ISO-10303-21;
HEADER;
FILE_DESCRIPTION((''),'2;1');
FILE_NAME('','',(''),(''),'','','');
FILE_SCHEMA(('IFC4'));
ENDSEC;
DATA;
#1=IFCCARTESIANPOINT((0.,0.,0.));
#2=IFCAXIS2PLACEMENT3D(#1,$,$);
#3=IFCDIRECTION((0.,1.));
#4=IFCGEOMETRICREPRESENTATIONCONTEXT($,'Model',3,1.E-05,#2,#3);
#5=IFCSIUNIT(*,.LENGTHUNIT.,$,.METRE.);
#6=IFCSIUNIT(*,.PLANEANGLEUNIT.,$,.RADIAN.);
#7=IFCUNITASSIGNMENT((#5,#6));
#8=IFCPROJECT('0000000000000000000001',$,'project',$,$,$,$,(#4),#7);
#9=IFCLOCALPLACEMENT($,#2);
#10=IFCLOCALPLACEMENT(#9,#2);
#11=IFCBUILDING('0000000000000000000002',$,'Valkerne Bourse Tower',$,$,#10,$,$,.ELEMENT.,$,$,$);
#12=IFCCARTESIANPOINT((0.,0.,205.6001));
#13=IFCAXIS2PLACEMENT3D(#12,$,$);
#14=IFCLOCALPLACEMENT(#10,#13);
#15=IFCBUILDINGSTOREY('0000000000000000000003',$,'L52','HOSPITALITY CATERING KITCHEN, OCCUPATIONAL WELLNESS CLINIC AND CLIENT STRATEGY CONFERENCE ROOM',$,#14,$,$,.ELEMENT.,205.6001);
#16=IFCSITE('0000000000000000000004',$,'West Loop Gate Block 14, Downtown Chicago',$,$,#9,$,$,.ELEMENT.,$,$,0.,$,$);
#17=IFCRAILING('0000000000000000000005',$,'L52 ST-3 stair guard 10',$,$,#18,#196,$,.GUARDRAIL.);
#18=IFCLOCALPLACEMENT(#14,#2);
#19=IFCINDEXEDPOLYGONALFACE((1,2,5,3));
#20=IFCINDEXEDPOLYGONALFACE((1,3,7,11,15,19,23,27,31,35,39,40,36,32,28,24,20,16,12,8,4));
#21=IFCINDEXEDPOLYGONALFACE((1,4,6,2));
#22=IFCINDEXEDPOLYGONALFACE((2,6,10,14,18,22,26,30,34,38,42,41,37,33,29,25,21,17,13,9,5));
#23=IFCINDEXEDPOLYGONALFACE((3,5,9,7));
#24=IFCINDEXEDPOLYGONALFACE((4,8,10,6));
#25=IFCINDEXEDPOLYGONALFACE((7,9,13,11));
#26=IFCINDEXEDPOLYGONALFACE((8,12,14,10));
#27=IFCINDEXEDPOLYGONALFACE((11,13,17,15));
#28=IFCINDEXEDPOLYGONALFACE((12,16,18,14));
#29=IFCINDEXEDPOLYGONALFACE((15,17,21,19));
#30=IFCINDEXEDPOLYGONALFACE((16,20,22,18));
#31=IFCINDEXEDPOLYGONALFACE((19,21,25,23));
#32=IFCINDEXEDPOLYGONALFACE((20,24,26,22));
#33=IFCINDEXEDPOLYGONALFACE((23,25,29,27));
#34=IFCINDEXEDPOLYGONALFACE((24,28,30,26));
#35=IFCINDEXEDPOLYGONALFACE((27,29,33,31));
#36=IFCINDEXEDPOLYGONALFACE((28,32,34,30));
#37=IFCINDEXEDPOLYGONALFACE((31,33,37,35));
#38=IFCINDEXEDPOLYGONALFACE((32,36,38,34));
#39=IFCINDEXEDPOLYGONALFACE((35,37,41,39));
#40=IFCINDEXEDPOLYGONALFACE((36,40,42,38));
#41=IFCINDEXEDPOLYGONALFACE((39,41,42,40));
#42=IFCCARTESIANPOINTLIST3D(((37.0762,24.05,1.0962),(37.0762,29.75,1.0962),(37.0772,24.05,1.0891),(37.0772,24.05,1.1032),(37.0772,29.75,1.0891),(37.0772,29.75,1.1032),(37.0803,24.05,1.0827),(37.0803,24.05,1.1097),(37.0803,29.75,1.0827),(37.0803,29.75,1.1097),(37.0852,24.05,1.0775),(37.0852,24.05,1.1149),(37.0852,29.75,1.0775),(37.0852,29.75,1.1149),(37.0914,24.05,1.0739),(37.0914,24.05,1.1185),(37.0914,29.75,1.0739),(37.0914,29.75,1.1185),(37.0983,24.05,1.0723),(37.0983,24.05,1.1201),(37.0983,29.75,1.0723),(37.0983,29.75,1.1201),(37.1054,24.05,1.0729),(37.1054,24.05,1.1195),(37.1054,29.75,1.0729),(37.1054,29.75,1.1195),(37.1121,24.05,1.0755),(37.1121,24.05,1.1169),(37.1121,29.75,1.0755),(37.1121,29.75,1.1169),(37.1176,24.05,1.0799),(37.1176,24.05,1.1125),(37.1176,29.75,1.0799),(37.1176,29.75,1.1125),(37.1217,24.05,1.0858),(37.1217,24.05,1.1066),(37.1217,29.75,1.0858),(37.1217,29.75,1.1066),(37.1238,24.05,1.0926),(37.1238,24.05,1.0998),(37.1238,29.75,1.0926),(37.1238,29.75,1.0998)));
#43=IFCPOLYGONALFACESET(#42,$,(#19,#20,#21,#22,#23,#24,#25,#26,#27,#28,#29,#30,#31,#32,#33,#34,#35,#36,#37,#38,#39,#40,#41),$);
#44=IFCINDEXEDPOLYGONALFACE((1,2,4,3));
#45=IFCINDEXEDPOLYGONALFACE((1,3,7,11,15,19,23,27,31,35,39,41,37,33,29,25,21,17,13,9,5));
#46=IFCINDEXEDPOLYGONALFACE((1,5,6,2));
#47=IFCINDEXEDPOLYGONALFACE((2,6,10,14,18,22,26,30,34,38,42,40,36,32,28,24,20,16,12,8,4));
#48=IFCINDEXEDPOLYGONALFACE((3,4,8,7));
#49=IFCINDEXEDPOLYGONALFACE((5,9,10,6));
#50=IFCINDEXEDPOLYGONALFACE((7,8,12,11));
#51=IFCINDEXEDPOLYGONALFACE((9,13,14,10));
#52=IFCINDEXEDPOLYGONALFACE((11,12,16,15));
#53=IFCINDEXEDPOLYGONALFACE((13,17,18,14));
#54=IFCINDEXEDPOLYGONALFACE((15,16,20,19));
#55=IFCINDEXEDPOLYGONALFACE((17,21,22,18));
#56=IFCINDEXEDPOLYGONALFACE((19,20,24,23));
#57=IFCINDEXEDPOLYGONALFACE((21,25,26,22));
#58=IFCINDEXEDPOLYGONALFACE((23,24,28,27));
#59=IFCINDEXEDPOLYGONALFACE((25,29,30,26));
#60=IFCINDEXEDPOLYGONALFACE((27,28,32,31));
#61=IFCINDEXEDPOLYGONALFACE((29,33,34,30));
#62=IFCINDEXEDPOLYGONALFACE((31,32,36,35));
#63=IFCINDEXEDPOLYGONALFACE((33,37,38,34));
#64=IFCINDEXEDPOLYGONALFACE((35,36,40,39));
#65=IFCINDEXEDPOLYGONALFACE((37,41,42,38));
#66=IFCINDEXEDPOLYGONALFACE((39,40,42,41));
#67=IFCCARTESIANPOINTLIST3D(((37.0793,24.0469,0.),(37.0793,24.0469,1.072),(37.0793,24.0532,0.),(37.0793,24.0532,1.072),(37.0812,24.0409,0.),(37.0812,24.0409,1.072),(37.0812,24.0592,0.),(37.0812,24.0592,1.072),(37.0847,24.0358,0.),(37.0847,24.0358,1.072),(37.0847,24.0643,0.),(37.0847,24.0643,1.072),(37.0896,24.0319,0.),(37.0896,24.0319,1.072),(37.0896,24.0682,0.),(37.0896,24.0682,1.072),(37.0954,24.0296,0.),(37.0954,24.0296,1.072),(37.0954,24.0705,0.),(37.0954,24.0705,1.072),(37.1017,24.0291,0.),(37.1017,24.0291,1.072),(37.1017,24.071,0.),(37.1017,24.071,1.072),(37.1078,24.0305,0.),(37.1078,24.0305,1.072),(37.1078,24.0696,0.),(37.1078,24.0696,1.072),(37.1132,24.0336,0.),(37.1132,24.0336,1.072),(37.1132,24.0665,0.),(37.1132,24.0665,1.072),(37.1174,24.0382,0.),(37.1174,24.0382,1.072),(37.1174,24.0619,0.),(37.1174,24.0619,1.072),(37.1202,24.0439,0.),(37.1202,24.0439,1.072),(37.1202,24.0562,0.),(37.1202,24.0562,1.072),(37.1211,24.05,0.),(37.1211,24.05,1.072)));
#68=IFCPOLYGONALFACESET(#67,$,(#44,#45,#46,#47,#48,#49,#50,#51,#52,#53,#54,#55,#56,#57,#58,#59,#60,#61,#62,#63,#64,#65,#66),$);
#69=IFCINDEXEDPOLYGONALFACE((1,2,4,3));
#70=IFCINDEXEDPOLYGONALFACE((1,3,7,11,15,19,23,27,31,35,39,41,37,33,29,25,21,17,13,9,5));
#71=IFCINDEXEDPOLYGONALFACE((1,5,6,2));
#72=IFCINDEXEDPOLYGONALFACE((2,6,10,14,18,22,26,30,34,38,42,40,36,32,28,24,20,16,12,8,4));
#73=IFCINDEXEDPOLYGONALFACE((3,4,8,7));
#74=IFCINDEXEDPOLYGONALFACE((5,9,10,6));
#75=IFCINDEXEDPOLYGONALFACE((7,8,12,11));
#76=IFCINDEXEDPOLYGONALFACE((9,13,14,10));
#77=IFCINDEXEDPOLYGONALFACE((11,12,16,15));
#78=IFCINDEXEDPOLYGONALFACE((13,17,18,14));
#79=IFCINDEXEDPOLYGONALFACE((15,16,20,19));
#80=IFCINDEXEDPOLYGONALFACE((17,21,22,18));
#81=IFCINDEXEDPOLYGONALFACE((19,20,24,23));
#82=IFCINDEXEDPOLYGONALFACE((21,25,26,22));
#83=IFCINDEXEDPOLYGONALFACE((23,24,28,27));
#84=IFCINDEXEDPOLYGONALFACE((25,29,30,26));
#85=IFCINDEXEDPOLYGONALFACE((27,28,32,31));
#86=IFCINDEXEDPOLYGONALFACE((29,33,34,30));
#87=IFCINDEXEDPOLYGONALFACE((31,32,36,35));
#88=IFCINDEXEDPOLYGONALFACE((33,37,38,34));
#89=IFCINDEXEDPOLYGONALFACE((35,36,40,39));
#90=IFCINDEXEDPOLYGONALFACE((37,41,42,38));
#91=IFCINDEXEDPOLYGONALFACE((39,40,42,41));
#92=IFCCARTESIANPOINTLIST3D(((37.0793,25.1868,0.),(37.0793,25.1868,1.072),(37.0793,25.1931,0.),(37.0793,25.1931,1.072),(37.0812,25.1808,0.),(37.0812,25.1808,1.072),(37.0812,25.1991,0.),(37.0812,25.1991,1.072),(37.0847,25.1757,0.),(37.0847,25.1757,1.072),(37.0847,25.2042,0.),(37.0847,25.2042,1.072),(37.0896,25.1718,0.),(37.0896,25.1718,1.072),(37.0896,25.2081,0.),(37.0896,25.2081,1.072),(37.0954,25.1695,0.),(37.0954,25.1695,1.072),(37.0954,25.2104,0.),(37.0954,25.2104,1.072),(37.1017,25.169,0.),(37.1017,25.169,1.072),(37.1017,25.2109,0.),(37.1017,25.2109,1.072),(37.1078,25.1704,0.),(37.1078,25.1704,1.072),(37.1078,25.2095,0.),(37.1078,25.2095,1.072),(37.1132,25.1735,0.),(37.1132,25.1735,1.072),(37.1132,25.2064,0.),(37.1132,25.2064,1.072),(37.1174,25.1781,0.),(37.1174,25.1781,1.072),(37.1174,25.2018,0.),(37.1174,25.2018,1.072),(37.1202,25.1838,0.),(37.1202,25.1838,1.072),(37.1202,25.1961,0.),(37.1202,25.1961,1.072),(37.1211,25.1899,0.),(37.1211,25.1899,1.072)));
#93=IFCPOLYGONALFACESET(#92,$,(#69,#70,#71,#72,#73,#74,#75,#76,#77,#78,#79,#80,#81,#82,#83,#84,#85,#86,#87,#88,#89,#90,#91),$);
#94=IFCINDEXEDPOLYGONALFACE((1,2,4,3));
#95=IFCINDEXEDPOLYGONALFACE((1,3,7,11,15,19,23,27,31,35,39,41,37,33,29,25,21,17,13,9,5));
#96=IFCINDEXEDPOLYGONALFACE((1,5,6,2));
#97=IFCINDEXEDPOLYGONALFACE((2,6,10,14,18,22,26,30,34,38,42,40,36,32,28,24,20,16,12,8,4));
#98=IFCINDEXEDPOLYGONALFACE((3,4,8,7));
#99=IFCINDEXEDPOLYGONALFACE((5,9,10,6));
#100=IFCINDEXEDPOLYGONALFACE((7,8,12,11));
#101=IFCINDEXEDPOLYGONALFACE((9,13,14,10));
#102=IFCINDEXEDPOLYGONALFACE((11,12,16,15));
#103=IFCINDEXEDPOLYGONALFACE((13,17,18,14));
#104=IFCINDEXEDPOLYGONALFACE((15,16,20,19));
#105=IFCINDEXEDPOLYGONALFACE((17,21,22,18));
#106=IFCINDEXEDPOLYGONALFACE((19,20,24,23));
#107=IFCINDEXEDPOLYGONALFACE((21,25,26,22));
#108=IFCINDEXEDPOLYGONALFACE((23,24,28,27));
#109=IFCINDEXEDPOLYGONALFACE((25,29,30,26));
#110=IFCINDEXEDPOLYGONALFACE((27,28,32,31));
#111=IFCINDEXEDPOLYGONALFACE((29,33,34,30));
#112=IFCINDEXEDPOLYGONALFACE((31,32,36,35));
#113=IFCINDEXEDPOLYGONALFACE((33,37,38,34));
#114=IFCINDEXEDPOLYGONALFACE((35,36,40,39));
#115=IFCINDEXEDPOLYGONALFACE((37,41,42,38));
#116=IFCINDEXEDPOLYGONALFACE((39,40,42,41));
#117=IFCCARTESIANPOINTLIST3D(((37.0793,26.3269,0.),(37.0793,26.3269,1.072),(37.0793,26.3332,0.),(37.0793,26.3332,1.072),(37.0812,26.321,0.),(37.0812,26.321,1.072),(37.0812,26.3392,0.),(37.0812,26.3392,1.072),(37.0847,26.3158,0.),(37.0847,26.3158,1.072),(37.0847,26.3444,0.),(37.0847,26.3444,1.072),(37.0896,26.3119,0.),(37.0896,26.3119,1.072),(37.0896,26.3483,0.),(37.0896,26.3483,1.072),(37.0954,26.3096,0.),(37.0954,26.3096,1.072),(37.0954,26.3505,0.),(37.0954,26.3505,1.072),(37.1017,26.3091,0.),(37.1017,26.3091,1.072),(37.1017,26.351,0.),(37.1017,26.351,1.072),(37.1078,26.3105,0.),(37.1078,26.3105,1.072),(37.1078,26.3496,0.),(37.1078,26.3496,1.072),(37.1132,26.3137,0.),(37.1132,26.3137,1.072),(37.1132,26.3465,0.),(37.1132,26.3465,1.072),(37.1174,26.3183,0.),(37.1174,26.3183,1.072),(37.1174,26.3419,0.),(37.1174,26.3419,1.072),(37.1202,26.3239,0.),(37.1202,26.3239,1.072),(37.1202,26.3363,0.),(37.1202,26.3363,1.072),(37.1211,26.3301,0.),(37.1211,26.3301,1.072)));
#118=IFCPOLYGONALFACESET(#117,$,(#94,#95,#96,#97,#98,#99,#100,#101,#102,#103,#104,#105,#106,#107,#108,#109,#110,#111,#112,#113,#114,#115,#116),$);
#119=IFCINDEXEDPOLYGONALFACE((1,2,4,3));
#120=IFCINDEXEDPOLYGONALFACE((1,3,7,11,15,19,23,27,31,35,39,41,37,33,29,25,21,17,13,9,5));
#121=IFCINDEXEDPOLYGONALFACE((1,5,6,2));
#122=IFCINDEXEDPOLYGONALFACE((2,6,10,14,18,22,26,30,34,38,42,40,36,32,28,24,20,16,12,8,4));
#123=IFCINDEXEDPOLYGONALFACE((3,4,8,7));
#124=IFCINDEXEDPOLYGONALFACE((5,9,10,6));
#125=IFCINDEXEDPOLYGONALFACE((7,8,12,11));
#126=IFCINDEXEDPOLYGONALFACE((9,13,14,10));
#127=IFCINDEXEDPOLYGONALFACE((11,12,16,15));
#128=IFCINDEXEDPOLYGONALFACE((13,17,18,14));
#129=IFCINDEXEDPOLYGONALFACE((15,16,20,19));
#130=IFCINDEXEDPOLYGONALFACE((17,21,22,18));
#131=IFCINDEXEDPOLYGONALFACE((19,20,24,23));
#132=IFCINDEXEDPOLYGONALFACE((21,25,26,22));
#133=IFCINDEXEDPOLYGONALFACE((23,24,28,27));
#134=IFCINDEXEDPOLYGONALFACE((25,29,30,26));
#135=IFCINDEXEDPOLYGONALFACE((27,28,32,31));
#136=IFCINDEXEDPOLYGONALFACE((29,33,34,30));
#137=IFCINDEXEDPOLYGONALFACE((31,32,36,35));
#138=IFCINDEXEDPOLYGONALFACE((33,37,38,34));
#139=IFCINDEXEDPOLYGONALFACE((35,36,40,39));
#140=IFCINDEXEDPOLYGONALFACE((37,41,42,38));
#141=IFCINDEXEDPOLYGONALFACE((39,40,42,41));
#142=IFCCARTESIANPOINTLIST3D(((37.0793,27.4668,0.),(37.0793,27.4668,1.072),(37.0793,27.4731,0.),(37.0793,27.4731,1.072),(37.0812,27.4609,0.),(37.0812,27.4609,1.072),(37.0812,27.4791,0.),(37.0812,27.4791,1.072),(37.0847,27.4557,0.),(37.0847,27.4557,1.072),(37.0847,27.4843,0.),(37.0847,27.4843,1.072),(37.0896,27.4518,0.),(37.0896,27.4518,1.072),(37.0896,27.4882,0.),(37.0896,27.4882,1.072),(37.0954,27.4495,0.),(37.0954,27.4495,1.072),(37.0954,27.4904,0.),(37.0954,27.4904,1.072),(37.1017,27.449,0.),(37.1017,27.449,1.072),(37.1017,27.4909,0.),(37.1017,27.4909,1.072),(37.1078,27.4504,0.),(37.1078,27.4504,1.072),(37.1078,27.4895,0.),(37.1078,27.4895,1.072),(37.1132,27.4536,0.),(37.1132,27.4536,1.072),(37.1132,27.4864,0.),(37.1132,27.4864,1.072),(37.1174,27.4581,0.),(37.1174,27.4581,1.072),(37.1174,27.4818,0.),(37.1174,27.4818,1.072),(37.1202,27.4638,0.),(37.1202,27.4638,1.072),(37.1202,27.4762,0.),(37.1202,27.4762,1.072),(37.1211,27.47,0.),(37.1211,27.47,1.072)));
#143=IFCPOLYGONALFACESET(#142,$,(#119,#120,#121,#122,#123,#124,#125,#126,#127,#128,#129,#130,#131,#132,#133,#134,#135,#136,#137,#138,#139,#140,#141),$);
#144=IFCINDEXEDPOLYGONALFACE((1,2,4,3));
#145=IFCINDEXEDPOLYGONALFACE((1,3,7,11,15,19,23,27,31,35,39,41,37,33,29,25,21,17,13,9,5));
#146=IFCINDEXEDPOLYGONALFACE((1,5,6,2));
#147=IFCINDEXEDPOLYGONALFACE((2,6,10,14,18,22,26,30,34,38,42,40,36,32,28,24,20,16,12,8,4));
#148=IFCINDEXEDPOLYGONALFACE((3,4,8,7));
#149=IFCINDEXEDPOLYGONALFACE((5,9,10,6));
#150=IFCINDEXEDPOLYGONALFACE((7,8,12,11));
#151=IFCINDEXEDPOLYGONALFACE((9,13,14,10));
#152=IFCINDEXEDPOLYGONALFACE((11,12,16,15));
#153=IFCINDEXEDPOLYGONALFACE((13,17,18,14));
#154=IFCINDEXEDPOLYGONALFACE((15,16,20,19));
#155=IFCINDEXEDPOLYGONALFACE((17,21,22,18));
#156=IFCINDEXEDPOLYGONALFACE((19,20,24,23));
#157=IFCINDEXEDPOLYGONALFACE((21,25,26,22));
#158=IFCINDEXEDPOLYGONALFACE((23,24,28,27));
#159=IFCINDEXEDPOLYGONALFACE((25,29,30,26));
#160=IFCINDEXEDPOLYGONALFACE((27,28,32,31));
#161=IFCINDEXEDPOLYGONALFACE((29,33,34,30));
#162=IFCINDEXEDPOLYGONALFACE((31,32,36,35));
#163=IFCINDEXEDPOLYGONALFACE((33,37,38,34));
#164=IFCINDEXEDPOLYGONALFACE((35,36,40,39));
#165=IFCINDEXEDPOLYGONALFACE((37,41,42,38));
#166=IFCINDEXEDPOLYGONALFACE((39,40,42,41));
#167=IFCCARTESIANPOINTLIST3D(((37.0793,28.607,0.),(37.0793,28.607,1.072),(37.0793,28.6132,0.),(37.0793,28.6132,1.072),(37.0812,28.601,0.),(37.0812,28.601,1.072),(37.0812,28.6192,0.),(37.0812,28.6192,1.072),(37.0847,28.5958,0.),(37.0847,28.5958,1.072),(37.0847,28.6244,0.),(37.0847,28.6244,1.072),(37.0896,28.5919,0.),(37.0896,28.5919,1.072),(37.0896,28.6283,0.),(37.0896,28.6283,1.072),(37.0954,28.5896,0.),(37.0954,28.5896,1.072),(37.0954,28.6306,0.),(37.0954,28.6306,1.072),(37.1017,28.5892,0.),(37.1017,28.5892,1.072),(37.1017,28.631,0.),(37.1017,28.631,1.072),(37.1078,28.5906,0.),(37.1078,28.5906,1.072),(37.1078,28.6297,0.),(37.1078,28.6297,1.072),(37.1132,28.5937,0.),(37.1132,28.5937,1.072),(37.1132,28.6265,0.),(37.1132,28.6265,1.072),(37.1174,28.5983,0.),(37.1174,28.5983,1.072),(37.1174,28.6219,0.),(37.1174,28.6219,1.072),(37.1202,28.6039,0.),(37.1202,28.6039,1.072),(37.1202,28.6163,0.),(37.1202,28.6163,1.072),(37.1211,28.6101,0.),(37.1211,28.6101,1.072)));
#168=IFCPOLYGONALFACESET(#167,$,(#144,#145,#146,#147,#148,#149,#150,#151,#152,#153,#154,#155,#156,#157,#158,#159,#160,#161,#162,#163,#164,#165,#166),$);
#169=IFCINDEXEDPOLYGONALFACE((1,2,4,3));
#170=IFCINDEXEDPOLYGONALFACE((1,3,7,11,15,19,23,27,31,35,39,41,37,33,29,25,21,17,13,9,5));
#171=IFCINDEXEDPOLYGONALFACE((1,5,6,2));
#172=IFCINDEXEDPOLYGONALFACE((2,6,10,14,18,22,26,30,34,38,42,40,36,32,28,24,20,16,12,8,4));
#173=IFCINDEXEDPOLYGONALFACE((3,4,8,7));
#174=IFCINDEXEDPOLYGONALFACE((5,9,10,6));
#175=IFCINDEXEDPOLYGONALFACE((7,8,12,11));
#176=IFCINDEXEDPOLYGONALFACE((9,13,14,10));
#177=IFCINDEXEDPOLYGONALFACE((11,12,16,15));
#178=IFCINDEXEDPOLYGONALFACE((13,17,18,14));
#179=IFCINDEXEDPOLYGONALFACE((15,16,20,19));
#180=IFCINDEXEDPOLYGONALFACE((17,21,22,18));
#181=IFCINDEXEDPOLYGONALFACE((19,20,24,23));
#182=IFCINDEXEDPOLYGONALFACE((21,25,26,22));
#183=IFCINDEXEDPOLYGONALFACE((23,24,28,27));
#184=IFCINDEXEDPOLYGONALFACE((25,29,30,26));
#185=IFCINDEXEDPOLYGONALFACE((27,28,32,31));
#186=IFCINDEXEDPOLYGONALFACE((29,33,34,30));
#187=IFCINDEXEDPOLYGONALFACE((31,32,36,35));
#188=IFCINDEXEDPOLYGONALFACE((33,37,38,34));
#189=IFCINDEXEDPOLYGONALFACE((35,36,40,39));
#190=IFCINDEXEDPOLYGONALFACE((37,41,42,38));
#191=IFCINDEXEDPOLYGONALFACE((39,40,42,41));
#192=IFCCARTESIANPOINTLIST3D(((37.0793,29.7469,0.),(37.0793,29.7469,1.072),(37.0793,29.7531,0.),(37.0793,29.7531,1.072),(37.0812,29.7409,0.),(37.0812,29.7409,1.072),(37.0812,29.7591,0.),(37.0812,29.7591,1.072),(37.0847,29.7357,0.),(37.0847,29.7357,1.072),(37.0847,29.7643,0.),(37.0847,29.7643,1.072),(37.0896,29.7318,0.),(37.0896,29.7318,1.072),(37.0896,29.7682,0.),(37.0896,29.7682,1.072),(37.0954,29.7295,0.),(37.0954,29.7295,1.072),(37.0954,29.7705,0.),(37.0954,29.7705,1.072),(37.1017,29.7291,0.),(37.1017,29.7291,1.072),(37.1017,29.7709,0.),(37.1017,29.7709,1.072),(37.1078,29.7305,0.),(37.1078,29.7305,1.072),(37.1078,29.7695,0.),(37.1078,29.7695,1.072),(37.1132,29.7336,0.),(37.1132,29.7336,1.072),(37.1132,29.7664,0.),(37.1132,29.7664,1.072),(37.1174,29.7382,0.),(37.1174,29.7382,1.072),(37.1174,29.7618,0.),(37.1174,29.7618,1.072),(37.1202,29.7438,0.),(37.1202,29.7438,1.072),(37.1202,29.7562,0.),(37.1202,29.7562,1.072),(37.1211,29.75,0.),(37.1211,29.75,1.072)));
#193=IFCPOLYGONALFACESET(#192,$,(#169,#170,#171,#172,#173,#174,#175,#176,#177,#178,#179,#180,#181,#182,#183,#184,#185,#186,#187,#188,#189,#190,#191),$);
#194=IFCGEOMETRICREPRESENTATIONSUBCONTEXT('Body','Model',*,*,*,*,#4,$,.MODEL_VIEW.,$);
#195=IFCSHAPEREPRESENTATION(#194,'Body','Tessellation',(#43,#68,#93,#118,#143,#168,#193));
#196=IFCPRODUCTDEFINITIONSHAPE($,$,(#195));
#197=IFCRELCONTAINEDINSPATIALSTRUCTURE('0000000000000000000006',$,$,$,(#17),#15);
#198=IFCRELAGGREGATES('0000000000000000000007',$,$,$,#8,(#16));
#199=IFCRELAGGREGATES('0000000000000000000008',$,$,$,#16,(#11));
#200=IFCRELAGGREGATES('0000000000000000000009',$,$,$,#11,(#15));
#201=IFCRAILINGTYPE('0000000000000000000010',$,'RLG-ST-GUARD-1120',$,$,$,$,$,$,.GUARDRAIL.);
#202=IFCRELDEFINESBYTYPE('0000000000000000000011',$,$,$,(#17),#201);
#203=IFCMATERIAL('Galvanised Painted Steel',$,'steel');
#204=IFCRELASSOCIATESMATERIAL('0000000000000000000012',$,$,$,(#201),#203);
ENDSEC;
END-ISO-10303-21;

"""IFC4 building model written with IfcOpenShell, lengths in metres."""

from ifc_helpers import new_model, si_unit, direction, frame, origin, origin_2d, place, context, subcontext, project, spatial, circle, extrude, material, type_object, element, save


model = new_model("IFC4")

# Units and contexts
model_context = context("Model", 3, precision=1e-05, world=origin(), true_north=direction((0.0, 1.0)))
body_context = subcontext(model_context, "Body", "Model", "MODEL_VIEW")
ifc_project = project(units=[si_unit("LENGTHUNIT", "METRE"), si_unit("PLANEANGLEUNIT", "RADIAN")], contexts=[model_context])

# Site, building, storey
site_placement = place(None, origin())
site = spatial("IfcSite", under=ifc_project, at=site_placement, Name="West Loop Gate Block 14, Downtown Chicago", CompositionType="ELEMENT", RefElevation=0.0)
building_placement = place(site_placement, origin())
building = spatial("IfcBuilding", under=site, at=building_placement, Name="Valkerne Bourse Tower", CompositionType="ELEMENT")
storey_placement = place(building_placement, frame((0.0, 0.0, 205.6001)))
storey = spatial("IfcBuildingStorey", under=building, at=storey_placement, Name="L52", Description="HOSPITALITY CATERING KITCHEN, OCCUPATIONAL WELLNESS CLINIC AND CLIENT STRATEGY CONFERENCE ROOM", CompositionType="ELEMENT", Elevation=205.6001)

# Railing
ifc_material_1 = material(Name="Galvanised Painted Steel", Category="steel")
railing_type_1 = type_object("IfcRailingType", Name="RLG-ST-GUARD-1120", PredefinedType="GUARDRAIL", material=ifc_material_1)
for number, where, name in (
    (1, (37.1001, 24.05, 0.0), "L52 ST-3 stair guard 10"),
):
    element("IfcRailing", number, at=place(storey_placement, frame(where)), inside=storey, type_object=railing_type_1, Name=name, PredefinedType="GUARDRAIL", context=body_context, shape_type="SweptSolid", body=[
        extrude(circle(Radius=0.0239, at=origin_2d()), frame((0.0, 0.0, 1.0962), z_axis=(0.0, 1.0, 0.0), x_axis=(-1.0, 0.0, 0.0)), (0.0, 0.0, 1.0), 5.7),
        extrude(circle(Radius=0.021, at=origin_2d()), origin(), (0.0, 0.0, 1.0), 1.072),
        extrude(circle(Radius=0.021, at=origin_2d()), frame((0.0, 1.1399, 0.0)), (0.0, 0.0, 1.0), 1.072),
        extrude(circle(Radius=0.021, at=origin_2d()), frame((0.0, 2.28, 0.0)), (0.0, 0.0, 1.0), 1.072),
        extrude(circle(Radius=0.021, at=origin_2d()), frame((0.0, 3.4199, 0.0)), (0.0, 0.0, 1.0), 1.072),
        extrude(circle(Radius=0.021, at=origin_2d()), frame((0.0, 4.5601, 0.0)), (0.0, 0.0, 1.0), 1.072),
        extrude(circle(Radius=0.021, at=origin_2d()), frame((0.0, 5.7, 0.0)), (0.0, 0.0, 1.0), 1.072),
    ])

save(model, "model.ifc")
